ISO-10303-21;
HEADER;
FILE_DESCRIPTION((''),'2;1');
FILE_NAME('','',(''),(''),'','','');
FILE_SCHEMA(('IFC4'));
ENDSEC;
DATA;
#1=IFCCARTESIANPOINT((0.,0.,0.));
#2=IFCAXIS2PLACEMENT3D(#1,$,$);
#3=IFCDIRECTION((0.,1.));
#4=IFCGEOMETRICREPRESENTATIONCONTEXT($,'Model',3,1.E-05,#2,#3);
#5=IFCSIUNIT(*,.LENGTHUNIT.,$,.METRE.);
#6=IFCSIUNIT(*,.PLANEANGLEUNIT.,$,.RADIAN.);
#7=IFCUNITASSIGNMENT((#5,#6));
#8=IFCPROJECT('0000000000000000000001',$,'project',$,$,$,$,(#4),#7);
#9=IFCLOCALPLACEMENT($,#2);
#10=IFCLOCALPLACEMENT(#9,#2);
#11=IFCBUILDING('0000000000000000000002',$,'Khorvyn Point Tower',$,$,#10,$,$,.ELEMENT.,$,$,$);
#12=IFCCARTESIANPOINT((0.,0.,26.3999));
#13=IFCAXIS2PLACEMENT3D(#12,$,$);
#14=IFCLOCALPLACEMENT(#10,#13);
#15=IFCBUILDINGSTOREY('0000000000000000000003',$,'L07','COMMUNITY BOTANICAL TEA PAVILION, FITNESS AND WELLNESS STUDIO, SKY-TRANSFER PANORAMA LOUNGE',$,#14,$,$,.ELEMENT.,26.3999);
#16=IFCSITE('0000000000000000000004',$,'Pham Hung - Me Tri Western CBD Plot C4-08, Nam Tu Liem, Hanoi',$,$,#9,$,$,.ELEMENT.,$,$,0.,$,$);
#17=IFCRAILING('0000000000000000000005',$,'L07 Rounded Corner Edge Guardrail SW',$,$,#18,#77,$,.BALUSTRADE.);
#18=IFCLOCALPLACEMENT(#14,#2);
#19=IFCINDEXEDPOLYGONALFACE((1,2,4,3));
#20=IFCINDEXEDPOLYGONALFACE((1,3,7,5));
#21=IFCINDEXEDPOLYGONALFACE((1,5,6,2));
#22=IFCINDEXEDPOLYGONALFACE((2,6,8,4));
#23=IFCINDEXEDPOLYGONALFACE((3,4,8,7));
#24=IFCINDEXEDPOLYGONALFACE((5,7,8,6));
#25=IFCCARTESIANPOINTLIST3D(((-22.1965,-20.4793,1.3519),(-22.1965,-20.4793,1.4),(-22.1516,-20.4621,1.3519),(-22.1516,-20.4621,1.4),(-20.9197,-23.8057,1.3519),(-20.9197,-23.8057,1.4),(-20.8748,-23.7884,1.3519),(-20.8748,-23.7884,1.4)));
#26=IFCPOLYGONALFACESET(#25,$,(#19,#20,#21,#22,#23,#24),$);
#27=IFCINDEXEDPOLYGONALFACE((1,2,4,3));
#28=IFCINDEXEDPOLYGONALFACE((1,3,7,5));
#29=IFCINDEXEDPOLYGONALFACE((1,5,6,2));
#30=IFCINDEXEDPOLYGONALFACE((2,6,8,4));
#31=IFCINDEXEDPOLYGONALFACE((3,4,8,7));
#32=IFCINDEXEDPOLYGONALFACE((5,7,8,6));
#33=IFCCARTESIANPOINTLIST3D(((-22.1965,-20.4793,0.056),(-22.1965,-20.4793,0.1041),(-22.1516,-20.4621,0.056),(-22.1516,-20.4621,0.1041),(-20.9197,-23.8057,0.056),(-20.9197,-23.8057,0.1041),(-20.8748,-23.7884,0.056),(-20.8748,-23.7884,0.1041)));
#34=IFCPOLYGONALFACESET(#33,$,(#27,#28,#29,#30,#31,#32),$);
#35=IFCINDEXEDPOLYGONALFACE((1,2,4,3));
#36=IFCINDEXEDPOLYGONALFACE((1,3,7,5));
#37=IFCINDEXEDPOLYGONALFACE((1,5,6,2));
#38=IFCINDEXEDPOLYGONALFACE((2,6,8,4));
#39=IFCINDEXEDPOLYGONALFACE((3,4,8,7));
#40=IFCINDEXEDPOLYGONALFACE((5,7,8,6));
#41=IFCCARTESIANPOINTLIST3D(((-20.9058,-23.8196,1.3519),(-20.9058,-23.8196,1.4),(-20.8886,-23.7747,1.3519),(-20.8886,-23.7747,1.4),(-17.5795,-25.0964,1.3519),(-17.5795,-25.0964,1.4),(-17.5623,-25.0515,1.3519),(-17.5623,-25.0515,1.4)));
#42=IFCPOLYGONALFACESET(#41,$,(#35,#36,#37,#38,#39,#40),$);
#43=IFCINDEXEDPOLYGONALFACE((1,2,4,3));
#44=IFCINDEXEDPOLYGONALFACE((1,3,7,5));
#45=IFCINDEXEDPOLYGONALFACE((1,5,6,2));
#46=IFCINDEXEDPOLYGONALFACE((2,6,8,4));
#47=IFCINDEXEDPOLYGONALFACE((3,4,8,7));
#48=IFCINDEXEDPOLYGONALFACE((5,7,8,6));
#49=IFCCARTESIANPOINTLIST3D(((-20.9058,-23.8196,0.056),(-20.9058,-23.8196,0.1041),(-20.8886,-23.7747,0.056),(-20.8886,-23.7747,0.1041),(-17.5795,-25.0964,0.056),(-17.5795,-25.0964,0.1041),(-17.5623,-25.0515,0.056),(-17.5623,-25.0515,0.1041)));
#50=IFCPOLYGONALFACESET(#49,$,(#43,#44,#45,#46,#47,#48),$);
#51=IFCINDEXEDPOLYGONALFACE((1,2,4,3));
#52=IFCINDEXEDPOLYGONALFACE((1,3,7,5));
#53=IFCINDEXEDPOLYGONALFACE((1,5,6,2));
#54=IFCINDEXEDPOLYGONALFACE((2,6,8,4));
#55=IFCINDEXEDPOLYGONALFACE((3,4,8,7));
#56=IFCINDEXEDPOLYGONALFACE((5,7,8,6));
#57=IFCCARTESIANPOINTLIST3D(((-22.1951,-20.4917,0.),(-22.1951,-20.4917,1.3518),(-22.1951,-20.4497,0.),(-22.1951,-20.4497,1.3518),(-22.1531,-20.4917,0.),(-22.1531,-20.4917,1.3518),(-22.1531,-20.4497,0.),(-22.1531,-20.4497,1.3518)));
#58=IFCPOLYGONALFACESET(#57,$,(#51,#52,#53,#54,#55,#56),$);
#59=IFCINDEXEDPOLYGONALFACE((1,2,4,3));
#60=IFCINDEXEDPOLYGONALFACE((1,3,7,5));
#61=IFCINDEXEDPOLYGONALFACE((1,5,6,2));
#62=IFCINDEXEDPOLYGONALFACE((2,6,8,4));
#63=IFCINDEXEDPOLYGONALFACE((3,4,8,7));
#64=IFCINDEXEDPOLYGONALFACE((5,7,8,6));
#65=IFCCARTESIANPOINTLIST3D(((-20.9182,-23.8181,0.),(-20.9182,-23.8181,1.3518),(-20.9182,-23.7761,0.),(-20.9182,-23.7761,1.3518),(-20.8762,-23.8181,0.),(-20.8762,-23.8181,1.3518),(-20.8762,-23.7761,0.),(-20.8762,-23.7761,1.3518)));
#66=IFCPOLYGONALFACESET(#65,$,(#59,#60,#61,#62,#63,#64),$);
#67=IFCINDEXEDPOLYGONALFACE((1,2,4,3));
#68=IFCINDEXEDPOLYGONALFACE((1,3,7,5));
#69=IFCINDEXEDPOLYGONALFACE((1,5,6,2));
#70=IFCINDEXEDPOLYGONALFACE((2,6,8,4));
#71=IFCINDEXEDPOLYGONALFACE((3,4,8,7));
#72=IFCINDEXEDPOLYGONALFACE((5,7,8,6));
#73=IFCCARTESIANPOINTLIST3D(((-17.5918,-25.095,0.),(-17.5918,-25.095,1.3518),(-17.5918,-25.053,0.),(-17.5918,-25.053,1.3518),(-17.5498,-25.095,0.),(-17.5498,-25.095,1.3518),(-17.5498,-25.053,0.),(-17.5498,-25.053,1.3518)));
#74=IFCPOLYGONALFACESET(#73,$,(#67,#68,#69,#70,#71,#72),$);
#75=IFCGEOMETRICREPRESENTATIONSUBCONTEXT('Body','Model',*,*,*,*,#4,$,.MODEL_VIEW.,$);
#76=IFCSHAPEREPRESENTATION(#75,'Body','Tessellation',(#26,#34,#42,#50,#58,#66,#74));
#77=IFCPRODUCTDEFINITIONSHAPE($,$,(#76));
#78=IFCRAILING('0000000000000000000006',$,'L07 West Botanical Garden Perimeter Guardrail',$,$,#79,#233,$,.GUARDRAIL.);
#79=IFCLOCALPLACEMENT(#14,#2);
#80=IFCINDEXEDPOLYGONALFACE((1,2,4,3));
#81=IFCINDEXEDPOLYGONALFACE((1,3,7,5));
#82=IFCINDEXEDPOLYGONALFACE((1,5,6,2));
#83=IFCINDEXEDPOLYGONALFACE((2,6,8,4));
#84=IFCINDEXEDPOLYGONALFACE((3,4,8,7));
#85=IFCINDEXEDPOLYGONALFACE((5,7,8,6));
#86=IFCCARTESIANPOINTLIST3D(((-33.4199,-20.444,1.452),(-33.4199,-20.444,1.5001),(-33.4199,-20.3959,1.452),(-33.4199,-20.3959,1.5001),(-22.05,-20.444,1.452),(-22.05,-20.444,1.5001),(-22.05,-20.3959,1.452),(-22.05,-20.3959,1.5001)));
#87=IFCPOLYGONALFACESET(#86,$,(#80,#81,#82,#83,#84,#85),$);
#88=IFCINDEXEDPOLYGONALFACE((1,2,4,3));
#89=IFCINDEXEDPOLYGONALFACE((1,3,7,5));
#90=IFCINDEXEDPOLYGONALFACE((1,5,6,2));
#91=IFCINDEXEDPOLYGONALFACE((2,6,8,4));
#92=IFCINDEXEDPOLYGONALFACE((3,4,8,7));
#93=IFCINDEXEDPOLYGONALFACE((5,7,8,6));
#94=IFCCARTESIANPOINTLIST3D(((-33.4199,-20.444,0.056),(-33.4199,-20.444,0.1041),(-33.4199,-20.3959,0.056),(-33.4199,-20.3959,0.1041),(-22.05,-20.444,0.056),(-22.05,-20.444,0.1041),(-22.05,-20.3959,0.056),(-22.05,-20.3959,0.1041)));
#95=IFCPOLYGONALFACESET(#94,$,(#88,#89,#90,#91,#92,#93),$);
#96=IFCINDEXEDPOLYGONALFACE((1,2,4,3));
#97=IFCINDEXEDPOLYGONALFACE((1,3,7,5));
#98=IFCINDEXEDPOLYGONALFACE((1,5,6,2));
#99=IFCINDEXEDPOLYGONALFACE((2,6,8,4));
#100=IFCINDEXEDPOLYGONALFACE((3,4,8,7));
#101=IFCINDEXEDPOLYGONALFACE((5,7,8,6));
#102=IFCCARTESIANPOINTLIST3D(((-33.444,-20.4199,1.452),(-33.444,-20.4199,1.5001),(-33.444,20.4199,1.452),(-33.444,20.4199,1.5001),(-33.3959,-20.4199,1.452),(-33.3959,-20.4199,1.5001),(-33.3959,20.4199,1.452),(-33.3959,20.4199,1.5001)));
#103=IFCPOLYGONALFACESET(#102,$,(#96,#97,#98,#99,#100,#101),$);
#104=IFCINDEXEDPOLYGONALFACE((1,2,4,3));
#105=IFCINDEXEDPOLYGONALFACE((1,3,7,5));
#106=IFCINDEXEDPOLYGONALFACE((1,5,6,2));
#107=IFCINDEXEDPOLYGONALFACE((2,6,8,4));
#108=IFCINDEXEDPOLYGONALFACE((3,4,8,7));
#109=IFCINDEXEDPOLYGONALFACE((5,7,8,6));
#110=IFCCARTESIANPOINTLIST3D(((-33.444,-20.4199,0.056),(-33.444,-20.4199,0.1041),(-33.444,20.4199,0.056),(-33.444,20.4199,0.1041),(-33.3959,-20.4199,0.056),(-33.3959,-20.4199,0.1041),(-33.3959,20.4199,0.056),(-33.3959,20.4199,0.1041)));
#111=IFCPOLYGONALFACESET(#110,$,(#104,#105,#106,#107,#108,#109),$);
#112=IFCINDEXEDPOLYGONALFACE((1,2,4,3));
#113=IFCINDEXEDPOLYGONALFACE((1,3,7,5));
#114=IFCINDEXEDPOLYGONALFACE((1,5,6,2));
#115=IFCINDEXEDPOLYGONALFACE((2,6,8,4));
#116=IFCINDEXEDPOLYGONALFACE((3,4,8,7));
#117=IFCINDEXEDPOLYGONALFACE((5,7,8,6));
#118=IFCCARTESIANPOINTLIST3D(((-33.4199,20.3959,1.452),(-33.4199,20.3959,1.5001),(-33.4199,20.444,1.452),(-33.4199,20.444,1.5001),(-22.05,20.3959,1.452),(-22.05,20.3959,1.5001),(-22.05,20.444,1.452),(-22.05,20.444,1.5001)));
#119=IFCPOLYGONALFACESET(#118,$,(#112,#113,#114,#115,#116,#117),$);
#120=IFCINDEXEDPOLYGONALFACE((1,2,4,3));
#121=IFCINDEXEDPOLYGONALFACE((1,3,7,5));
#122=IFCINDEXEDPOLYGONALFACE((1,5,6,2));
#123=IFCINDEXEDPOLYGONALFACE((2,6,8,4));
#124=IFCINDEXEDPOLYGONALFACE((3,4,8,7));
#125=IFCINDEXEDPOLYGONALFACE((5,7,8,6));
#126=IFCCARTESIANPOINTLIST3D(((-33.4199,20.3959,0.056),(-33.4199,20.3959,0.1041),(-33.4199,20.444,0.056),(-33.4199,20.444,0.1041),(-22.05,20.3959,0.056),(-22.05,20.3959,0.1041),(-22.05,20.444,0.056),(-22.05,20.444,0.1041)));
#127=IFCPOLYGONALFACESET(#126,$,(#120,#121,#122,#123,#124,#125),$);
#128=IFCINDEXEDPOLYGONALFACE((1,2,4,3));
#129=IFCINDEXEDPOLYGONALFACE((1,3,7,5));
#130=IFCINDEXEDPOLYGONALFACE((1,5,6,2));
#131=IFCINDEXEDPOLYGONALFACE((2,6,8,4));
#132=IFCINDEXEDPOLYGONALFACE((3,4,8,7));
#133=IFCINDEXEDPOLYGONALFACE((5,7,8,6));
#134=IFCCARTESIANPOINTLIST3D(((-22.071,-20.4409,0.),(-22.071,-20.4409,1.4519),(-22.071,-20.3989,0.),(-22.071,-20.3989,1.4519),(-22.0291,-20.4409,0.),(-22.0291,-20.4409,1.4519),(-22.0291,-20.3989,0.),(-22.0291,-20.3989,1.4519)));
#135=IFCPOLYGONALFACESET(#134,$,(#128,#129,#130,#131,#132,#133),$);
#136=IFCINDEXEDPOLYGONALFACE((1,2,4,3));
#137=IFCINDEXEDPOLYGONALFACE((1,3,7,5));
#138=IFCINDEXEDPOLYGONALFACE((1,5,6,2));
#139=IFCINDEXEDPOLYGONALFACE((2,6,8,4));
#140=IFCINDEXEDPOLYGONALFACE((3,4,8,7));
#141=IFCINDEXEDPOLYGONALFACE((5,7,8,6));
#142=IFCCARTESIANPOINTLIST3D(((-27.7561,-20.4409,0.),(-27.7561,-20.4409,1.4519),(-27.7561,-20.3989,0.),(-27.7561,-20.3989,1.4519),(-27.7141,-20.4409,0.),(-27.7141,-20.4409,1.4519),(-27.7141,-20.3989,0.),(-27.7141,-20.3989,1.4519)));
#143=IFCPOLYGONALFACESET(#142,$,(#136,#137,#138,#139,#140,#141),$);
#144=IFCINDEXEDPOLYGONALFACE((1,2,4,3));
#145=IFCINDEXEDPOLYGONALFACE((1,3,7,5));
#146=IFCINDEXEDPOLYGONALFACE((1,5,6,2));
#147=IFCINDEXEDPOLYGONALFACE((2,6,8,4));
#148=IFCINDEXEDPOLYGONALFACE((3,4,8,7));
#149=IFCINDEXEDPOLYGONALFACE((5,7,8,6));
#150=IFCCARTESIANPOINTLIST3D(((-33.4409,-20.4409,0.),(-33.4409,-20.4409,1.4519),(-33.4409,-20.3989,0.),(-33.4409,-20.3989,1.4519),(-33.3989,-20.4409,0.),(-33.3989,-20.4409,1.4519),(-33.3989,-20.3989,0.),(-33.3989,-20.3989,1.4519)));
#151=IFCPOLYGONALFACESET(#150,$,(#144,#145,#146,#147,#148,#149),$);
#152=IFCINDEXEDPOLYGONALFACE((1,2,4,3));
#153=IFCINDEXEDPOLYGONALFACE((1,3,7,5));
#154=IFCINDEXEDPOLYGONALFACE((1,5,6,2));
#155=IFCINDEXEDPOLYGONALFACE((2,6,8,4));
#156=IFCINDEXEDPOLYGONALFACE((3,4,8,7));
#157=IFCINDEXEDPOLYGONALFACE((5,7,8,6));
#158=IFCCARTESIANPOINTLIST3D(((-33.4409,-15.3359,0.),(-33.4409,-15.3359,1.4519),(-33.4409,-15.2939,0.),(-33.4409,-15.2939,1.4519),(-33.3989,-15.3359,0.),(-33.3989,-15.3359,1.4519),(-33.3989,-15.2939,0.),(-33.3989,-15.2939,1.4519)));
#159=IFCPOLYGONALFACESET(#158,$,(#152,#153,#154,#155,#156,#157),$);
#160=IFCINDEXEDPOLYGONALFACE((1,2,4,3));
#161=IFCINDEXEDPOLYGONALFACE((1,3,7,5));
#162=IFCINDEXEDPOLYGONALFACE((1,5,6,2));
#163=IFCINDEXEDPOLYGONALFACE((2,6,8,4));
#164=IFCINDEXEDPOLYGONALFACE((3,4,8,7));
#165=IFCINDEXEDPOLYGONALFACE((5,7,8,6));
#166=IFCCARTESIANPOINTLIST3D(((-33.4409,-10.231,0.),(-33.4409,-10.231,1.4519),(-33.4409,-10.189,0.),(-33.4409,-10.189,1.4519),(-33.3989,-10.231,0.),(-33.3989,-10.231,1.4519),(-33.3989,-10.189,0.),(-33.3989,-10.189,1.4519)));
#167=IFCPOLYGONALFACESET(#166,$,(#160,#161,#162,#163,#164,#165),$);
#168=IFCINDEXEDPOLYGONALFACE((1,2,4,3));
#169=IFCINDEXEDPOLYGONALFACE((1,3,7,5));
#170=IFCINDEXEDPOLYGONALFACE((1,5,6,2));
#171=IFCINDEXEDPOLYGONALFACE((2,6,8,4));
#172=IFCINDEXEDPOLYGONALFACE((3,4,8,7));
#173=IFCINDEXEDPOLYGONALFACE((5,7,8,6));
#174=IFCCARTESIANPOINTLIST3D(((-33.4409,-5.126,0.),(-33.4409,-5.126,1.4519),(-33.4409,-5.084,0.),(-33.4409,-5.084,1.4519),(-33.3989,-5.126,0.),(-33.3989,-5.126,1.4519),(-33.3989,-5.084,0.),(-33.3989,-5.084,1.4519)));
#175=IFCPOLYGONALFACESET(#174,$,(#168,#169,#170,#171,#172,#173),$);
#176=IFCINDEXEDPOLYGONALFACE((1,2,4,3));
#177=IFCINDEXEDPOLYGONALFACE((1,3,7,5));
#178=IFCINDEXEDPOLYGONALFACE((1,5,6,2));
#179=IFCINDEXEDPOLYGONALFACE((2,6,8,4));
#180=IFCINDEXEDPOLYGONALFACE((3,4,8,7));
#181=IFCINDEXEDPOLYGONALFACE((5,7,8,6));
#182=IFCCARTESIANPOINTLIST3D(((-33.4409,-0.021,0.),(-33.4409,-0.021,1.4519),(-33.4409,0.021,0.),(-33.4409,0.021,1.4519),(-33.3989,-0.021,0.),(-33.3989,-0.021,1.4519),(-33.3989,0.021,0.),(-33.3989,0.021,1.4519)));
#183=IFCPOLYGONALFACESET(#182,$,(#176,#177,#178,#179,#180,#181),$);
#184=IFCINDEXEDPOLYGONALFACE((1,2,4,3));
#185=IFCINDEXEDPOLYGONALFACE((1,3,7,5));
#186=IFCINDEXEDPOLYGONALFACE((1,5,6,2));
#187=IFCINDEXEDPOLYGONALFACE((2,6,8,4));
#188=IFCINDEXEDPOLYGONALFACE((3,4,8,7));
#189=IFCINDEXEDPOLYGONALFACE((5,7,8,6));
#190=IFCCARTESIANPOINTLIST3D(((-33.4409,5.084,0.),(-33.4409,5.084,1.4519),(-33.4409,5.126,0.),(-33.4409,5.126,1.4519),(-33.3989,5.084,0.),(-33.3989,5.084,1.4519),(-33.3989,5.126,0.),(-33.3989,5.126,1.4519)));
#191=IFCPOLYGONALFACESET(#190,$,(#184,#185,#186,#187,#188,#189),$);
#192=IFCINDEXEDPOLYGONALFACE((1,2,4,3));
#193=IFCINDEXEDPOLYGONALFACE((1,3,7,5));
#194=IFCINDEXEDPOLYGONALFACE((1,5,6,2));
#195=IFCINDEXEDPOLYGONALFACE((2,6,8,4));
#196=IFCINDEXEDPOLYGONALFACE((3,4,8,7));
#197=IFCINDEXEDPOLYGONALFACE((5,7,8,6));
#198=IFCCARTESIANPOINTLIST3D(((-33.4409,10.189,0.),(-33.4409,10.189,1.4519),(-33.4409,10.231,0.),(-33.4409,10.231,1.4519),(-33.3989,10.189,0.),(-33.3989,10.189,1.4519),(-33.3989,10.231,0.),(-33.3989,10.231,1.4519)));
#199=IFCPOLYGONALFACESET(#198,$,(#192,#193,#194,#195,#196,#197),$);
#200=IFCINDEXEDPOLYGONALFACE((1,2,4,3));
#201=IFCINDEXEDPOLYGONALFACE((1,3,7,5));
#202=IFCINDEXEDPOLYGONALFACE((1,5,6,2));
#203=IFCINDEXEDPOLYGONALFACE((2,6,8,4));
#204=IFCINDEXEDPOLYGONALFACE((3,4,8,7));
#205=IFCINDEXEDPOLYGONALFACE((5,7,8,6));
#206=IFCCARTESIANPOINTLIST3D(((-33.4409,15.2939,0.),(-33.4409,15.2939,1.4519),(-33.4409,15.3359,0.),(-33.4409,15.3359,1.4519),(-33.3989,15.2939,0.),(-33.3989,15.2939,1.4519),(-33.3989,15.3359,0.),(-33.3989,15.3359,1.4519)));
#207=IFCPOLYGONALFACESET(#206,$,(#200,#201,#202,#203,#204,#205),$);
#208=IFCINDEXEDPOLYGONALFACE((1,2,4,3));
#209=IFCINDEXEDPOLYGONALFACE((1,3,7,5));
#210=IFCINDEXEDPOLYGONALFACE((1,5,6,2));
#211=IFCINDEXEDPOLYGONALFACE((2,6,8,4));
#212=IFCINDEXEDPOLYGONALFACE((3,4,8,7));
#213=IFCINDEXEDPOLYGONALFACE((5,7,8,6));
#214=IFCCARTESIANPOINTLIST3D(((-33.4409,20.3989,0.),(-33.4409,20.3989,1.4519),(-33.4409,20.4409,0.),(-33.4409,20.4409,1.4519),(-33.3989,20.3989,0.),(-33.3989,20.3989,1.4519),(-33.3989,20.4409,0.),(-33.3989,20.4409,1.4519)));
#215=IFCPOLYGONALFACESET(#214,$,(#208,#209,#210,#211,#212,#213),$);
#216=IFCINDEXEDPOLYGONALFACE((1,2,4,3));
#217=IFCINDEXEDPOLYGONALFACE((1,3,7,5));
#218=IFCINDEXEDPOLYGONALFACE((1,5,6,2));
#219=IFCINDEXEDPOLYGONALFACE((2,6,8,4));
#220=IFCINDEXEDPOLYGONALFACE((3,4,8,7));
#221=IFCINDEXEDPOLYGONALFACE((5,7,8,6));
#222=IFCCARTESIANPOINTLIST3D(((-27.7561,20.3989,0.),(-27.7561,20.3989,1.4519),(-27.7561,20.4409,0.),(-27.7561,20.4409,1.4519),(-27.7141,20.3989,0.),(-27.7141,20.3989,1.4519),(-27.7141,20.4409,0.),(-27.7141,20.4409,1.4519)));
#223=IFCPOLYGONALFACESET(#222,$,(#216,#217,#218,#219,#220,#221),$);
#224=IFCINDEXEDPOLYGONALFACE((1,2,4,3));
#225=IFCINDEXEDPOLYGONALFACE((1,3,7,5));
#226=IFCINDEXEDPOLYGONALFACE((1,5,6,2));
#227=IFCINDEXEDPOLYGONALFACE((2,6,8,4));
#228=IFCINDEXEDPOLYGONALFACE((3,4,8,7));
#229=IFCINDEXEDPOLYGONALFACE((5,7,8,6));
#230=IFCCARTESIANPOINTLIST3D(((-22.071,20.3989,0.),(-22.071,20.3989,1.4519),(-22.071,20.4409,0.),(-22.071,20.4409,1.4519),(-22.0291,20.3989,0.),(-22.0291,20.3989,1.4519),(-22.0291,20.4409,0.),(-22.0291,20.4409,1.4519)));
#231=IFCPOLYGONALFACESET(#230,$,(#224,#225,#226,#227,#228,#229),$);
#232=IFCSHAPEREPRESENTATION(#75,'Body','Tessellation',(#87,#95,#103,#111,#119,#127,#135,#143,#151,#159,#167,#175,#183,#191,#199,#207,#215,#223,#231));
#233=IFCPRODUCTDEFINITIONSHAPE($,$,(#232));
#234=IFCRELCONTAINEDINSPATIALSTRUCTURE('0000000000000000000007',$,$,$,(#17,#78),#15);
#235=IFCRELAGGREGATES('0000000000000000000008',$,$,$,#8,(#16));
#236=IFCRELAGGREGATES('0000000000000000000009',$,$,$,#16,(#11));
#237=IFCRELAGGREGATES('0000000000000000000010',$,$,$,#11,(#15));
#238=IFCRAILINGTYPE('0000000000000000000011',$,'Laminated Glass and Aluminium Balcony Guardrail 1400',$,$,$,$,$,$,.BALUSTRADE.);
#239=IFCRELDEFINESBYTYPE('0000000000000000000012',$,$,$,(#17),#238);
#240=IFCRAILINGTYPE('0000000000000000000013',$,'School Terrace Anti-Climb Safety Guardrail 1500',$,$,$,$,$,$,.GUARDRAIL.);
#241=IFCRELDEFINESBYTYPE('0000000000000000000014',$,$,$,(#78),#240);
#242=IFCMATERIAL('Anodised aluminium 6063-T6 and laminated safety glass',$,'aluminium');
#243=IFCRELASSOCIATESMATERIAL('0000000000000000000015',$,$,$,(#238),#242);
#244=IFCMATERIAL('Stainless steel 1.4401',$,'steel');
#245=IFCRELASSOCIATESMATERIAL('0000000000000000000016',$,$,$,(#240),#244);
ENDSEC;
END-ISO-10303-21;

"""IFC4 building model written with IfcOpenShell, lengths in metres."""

from ifc_helpers import new_model, si_unit, direction, frame, origin, origin_2d, place, context, subcontext, project, spatial, rectangle, extrude, material, type_object, element, save


model = new_model("IFC4")

# Units and contexts
model_context = context("Model", 3, precision=1e-05, world=origin(), true_north=direction((0.0, 1.0)))
body_context = subcontext(model_context, "Body", "Model", "MODEL_VIEW")
ifc_project = project(units=[si_unit("LENGTHUNIT", "METRE"), si_unit("PLANEANGLEUNIT", "RADIAN")], contexts=[model_context])

# Site, building, storey
site_placement = place(None, origin())
site = spatial("IfcSite", under=ifc_project, at=site_placement, Name="Pham Hung - Me Tri Western CBD Plot C4-08, Nam Tu Liem, Hanoi", CompositionType="ELEMENT", RefElevation=0.0)
building_placement = place(site_placement, origin())
building = spatial("IfcBuilding", under=site, at=building_placement, Name="Khorvyn Point Tower", CompositionType="ELEMENT")
storey_placement = place(building_placement, frame((0.0, 0.0, 26.3999)))
storey = spatial("IfcBuildingStorey", under=building, at=storey_placement, Name="L07", Description="COMMUNITY BOTANICAL TEA PAVILION, FITNESS AND WELLNESS STUDIO, SKY-TRANSFER PANORAMA LOUNGE", CompositionType="ELEMENT", Elevation=26.3999)

# Railings
ifc_material_1 = material(Name="Anodised aluminium 6063-T6 and laminated safety glass", Category="aluminium")
railing_type_1 = type_object("IfcRailingType", Name="Laminated Glass and Aluminium Balcony Guardrail 1400", PredefinedType="BALUSTRADE", material=ifc_material_1)
railing_1_placement = place(storey_placement, frame((-22.1741, -20.4707, 0.0)))
element("IfcRailing", 1, at=railing_1_placement, inside=storey, type_object=railing_type_1, Name="L07 Rounded Corner Edge Guardrail SW", PredefinedType="BALUSTRADE", context=body_context, shape_type="SweptSolid", body=[
    extrude(rectangle(XDim=0.0481, YDim=0.0481, at=origin_2d()), frame((0.0, 0.0, 1.376), z_axis=(0.358359, -0.933584, 0.0), x_axis=(0.933584, 0.358359, 0.0)), (0.0, 0.0, 1.0), 3.563),
    extrude(rectangle(XDim=0.0481, YDim=0.0481, at=origin_2d()), frame((0.0, 0.0, 0.0801), z_axis=(0.358359, -0.933584, 0.0), x_axis=(0.933584, 0.358359, 0.0)), (0.0, 0.0, 1.0), 3.563),
    extrude(rectangle(XDim=0.0481, YDim=0.0481, at=origin_2d()), frame((1.2769, -3.3264, 1.376), z_axis=(0.933584, -0.358359, 0.0), x_axis=(0.358359, 0.933584, 0.0)), (0.0, 0.0, 1.0), 3.563),
    extrude(rectangle(XDim=0.0481, YDim=0.0481, at=origin_2d()), frame((1.2769, -3.3264, 0.0801), z_axis=(0.933584, -0.358359, 0.0), x_axis=(0.358359, 0.933584, 0.0)), (0.0, 0.0, 1.0), 3.563),
    extrude(rectangle(XDim=0.042, YDim=0.042, at=origin_2d()), origin(), (0.0, 0.0, 1.0), 1.3518),
    extrude(rectangle(XDim=0.042, YDim=0.042, at=origin_2d()), frame((1.2769, -3.3264, 0.0)), (0.0, 0.0, 1.0), 1.3518),
    extrude(rectangle(XDim=0.042, YDim=0.042, at=origin_2d()), frame((4.6033, -4.6033, 0.0)), (0.0, 0.0, 1.0), 1.3518),
])
ifc_material_2 = material(Name="Stainless steel 1.4401", Category="steel")
railing_type_2 = type_object("IfcRailingType", Name="School Terrace Anti-Climb Safety Guardrail 1500", PredefinedType="GUARDRAIL", material=ifc_material_2)
railing_2_placement = place(storey_placement, frame((-22.05, -20.4199, 0.0)))
element("IfcRailing", 2, at=railing_2_placement, inside=storey, type_object=railing_type_2, Name="L07 West Botanical Garden Perimeter Guardrail", PredefinedType="GUARDRAIL", context=body_context, shape_type="SweptSolid", body=[
    extrude(rectangle(XDim=0.0481, YDim=0.0481, at=origin_2d()), frame((0.0, 0.0, 1.4761), z_axis=(-1.0, 0.0, 0.0), x_axis=(0.0, -1.0, 0.0)), (0.0, 0.0, 1.0), 11.3699),
    extrude(rectangle(XDim=0.0481, YDim=0.0481, at=origin_2d()), frame((0.0, 0.0, 0.0801), z_axis=(-1.0, 0.0, 0.0), x_axis=(0.0, -1.0, 0.0)), (0.0, 0.0, 1.0), 11.3699),
    extrude(rectangle(XDim=0.0481, YDim=0.0481, at=origin_2d()), frame((-11.3699, 0.0, 1.4761), z_axis=(0.0, 1.0, 0.0), x_axis=(-1.0, 0.0, 0.0)), (0.0, 0.0, 1.0), 40.8398),
    extrude(rectangle(XDim=0.0481, YDim=0.0481, at=origin_2d()), frame((-11.3699, 0.0, 0.0801), z_axis=(0.0, 1.0, 0.0), x_axis=(-1.0, 0.0, 0.0)), (0.0, 0.0, 1.0), 40.8398),
    extrude(rectangle(XDim=0.0481, YDim=0.0481, at=origin_2d()), frame((-11.3699, 40.8398, 1.4761), z_axis=(1.0, 0.0, 0.0), x_axis=(0.0, 1.0, 0.0)), (0.0, 0.0, 1.0), 11.3699),
    extrude(rectangle(XDim=0.0481, YDim=0.0481, at=origin_2d()), frame((-11.3699, 40.8398, 0.0801), z_axis=(1.0, 0.0, 0.0), x_axis=(0.0, 1.0, 0.0)), (0.0, 0.0, 1.0), 11.3699),
    extrude(rectangle(XDim=0.042, YDim=0.042, at=origin_2d()), origin(), (0.0, 0.0, 1.0), 1.4519),
    extrude(rectangle(XDim=0.042, YDim=0.042, at=origin_2d()), frame((-5.6851, 0.0, 0.0)), (0.0, 0.0, 1.0), 1.4519),
    extrude(rectangle(XDim=0.042, YDim=0.042, at=origin_2d()), frame((-11.3699, 0.0, 0.0)), (0.0, 0.0, 1.0), 1.4519),
    extrude(rectangle(XDim=0.042, YDim=0.042, at=origin_2d()), frame((-11.3699, 5.105, 0.0)), (0.0, 0.0, 1.0), 1.4519),
    extrude(rectangle(XDim=0.042, YDim=0.042, at=origin_2d()), frame((-11.3699, 10.21, 0.0)), (0.0, 0.0, 1.0), 1.4519),
    extrude(rectangle(XDim=0.042, YDim=0.042, at=origin_2d()), frame((-11.3699, 15.3149, 0.0)), (0.0, 0.0, 1.0), 1.4519),
    extrude(rectangle(XDim=0.042, YDim=0.042, at=origin_2d()), frame((-11.3699, 20.4199, 0.0)), (0.0, 0.0, 1.0), 1.4519),
    extrude(rectangle(XDim=0.042, YDim=0.042, at=origin_2d()), frame((-11.3699, 25.5249, 0.0)), (0.0, 0.0, 1.0), 1.4519),
    extrude(rectangle(XDim=0.042, YDim=0.042, at=origin_2d()), frame((-11.3699, 30.6299, 0.0)), (0.0, 0.0, 1.0), 1.4519),
    extrude(rectangle(XDim=0.042, YDim=0.042, at=origin_2d()), frame((-11.3699, 35.7349, 0.0)), (0.0, 0.0, 1.0), 1.4519),
    extrude(rectangle(XDim=0.042, YDim=0.042, at=origin_2d()), frame((-11.3699, 40.8398, 0.0)), (0.0, 0.0, 1.0), 1.4519),
    extrude(rectangle(XDim=0.042, YDim=0.042, at=origin_2d()), frame((-5.6851, 40.8398, 0.0)), (0.0, 0.0, 1.0), 1.4519),
    extrude(rectangle(XDim=0.042, YDim=0.042, at=origin_2d()), frame((0.0, 40.8398, 0.0)), (0.0, 0.0, 1.0), 1.4519),
])

save(model, "model.ifc")
